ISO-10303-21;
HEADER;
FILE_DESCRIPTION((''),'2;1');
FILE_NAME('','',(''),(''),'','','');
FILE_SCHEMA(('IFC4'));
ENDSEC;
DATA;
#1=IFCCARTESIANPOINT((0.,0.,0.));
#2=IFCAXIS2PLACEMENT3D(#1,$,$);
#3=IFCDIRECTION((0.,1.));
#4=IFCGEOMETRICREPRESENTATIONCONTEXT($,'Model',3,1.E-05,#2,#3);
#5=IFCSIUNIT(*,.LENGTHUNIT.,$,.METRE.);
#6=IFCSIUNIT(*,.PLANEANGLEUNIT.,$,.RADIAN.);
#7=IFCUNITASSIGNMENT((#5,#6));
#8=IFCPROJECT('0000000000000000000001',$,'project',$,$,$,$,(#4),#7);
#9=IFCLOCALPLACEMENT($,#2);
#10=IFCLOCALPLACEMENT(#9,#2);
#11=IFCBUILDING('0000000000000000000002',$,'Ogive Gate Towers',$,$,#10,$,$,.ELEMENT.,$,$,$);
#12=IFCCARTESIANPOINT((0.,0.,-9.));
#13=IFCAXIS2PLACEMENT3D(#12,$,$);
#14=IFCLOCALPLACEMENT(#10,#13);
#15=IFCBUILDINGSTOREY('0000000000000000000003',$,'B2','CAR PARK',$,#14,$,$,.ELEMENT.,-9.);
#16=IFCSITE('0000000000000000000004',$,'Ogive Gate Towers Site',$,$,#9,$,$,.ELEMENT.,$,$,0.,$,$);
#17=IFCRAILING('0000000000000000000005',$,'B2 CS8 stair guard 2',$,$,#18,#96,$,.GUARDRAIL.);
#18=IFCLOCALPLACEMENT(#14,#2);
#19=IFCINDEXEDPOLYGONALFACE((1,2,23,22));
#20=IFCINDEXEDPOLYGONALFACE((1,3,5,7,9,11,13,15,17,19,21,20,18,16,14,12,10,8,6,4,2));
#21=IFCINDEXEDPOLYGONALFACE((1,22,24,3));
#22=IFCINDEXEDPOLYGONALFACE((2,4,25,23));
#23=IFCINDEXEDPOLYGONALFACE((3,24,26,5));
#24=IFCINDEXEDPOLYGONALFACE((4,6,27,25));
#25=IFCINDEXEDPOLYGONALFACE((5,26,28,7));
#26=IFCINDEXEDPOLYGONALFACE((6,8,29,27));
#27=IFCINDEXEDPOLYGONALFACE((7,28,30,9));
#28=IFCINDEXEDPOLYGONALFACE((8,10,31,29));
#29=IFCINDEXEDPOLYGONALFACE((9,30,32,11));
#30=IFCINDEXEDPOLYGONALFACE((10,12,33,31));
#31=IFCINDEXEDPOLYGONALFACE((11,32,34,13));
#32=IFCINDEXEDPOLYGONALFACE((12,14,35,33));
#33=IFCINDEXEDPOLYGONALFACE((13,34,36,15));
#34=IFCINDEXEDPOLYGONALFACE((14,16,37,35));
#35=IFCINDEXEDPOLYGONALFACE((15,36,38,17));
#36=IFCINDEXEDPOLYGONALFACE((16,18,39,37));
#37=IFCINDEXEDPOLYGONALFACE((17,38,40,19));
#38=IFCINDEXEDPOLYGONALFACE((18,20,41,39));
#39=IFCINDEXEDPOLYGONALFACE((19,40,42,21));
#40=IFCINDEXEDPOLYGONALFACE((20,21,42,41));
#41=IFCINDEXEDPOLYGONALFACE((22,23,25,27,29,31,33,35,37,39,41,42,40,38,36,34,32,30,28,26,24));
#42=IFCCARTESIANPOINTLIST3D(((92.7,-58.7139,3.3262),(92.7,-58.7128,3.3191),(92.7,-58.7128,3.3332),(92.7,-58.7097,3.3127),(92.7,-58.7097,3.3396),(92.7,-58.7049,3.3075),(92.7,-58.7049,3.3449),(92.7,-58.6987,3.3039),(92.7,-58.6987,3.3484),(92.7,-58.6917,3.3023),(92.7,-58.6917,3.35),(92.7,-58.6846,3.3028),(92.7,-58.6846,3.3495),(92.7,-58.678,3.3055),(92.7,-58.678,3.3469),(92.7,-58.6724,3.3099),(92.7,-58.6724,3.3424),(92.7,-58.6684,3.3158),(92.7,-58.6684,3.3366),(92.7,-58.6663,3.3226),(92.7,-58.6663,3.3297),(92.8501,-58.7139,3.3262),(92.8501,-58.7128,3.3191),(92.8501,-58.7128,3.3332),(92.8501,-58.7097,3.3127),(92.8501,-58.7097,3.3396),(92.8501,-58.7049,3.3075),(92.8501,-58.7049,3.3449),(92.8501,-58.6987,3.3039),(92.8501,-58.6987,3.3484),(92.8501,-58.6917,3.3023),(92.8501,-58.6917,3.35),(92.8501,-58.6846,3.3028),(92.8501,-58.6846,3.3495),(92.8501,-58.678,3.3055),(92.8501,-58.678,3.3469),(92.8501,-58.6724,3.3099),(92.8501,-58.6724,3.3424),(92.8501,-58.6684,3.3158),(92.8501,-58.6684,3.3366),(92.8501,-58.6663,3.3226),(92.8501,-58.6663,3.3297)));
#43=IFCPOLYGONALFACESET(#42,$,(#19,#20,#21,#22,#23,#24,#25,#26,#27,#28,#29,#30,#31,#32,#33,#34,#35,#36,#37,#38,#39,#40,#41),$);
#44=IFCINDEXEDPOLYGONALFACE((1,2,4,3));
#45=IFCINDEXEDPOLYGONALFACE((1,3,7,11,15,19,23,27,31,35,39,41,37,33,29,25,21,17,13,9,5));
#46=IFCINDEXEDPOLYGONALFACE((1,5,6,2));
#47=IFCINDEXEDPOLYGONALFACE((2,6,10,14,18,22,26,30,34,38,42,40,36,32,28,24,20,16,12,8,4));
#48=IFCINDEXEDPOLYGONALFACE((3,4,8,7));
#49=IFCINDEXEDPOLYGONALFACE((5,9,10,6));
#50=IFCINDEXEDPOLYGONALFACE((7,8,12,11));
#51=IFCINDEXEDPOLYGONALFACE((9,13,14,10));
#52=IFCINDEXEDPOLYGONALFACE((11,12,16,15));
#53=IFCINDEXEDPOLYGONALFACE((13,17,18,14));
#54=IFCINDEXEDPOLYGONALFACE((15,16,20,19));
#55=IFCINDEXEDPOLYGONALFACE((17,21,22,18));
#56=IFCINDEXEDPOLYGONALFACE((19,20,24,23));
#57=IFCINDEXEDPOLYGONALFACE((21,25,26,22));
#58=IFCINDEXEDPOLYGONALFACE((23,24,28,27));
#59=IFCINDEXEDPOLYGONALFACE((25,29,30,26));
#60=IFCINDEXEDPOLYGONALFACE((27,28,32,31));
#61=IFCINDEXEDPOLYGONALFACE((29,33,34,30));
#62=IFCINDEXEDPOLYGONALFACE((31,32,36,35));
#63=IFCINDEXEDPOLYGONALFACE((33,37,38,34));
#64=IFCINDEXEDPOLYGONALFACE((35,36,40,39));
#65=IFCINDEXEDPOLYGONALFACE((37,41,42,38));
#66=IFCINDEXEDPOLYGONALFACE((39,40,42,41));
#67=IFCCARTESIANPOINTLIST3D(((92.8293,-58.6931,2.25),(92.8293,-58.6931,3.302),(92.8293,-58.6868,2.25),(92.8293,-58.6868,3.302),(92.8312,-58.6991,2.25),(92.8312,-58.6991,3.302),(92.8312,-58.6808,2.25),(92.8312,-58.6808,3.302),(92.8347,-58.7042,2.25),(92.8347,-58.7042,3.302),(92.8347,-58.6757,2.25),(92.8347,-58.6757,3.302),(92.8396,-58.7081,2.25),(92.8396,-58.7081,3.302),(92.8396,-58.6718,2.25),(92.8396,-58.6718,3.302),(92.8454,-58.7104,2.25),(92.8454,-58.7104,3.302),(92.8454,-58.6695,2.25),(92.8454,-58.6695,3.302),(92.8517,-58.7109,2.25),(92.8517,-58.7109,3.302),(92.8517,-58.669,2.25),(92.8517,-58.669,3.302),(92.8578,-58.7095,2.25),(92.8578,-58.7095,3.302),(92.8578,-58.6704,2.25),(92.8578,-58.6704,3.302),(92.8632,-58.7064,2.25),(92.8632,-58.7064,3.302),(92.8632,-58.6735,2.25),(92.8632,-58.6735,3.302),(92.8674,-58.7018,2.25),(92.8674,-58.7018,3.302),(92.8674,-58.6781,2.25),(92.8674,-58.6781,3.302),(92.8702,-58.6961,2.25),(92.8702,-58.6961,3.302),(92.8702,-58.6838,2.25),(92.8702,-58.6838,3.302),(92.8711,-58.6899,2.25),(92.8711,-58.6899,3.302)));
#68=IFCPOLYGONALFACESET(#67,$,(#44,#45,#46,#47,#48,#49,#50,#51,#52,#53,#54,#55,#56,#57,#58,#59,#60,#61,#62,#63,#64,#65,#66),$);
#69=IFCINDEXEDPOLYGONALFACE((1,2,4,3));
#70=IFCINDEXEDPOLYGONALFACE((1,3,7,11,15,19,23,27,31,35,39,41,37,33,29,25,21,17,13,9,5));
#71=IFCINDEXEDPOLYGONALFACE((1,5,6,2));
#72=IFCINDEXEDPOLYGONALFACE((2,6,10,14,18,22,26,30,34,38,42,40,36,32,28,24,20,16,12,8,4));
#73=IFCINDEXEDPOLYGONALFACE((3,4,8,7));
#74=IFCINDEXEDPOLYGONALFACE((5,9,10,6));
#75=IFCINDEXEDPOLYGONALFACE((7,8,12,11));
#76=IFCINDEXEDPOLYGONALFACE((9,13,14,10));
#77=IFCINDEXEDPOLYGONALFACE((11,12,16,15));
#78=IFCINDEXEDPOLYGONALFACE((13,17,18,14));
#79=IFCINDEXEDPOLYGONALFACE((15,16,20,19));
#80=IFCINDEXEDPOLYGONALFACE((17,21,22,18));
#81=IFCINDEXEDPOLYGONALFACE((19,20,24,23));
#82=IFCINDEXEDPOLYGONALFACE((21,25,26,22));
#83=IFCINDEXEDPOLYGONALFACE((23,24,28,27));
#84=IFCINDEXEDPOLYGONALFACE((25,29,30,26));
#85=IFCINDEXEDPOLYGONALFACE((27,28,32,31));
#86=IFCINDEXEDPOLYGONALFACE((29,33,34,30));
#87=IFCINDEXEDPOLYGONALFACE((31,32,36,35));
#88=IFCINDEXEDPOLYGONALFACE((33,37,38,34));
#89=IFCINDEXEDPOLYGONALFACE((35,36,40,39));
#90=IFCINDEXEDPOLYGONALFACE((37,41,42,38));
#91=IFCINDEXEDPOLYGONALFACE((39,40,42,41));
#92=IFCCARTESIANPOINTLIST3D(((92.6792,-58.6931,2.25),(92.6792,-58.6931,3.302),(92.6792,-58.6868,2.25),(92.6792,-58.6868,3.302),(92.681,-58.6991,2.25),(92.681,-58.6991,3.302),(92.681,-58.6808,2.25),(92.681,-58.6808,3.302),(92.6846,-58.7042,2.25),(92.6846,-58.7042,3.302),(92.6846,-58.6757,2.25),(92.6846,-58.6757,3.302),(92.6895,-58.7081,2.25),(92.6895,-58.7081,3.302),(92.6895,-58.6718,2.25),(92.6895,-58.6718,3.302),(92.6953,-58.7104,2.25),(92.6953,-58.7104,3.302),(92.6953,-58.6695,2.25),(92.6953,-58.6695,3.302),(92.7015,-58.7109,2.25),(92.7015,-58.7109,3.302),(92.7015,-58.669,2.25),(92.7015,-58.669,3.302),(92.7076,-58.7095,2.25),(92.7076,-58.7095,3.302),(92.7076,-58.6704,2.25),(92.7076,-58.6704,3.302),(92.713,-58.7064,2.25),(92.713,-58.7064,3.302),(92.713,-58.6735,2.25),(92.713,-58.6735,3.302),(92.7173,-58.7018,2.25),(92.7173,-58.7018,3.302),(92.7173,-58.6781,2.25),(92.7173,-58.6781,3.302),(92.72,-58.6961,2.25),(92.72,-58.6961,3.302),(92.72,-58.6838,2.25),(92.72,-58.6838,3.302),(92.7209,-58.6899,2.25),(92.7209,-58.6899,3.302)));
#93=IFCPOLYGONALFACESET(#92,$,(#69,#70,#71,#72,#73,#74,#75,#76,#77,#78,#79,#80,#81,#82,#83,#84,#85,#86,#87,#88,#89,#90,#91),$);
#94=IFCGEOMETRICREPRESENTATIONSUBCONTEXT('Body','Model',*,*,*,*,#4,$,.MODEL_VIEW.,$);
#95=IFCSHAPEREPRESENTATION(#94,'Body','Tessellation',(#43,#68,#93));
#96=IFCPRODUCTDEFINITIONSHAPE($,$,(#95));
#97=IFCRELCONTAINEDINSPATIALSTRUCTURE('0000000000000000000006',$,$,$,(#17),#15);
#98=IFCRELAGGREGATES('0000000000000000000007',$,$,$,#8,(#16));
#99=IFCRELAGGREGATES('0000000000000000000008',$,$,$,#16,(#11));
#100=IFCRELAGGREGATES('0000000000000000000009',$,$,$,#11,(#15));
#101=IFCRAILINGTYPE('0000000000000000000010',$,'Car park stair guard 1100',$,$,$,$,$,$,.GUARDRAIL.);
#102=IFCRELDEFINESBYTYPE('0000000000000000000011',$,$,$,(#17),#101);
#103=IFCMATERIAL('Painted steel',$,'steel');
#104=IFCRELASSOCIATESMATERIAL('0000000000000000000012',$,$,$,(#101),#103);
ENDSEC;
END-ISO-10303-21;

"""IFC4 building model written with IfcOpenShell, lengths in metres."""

from ifc_helpers import new_model, si_unit, direction, frame, origin, origin_2d, place, context, subcontext, project, spatial, circle, extrude, material, type_object, element, save


model = new_model("IFC4")

# Units and contexts
model_context = context("Model", 3, precision=1e-05, world=origin(), true_north=direction((0.0, 1.0)))
body_context = subcontext(model_context, "Body", "Model", "MODEL_VIEW")
ifc_project = project(units=[si_unit("LENGTHUNIT", "METRE"), si_unit("PLANEANGLEUNIT", "RADIAN")], contexts=[model_context])

# Site, building, storey
site_placement = place(None, origin())
site = spatial("IfcSite", under=ifc_project, at=site_placement, Name="Ogive Gate Towers Site", CompositionType="ELEMENT", RefElevation=0.0)
building_placement = place(site_placement, origin())
building = spatial("IfcBuilding", under=site, at=building_placement, Name="Ogive Gate Towers", CompositionType="ELEMENT")
storey_placement = place(building_placement, frame((0.0, 0.0, -9.0)))
storey = spatial("IfcBuildingStorey", under=building, at=storey_placement, Name="B2", Description="CAR PARK", CompositionType="ELEMENT", Elevation=-9.0)

# Railing
ifc_material_1 = material(Name="Painted steel", Category="steel")
railing_type_1 = type_object("IfcRailingType", Name="Car park stair guard 1100", PredefinedType="GUARDRAIL", material=ifc_material_1)
railing_1_placement = place(storey_placement, frame((92.8501, -58.6899, 2.25)))
element("IfcRailing", 1, at=railing_1_placement, inside=storey, type_object=railing_type_1, Name="B2 CS8 stair guard 2", PredefinedType="GUARDRAIL", context=body_context, shape_type="SweptSolid", body=[
    extrude(circle(Radius=0.0239, at=origin_2d()), frame((0.0, 0.0, 1.0762), z_axis=(-1.0, 0.0, 0.0), x_axis=(0.0, -1.0, 0.0)), (0.0, 0.0, 1.0), 0.1501),
    extrude(circle(Radius=0.021, at=origin_2d()), origin(), (0.0, 0.0, 1.0), 1.052),
    extrude(circle(Radius=0.021, at=origin_2d()), frame((-0.1501, 0.0, 0.0)), (0.0, 0.0, 1.0), 1.052),
])

save(model, "model.ifc")
